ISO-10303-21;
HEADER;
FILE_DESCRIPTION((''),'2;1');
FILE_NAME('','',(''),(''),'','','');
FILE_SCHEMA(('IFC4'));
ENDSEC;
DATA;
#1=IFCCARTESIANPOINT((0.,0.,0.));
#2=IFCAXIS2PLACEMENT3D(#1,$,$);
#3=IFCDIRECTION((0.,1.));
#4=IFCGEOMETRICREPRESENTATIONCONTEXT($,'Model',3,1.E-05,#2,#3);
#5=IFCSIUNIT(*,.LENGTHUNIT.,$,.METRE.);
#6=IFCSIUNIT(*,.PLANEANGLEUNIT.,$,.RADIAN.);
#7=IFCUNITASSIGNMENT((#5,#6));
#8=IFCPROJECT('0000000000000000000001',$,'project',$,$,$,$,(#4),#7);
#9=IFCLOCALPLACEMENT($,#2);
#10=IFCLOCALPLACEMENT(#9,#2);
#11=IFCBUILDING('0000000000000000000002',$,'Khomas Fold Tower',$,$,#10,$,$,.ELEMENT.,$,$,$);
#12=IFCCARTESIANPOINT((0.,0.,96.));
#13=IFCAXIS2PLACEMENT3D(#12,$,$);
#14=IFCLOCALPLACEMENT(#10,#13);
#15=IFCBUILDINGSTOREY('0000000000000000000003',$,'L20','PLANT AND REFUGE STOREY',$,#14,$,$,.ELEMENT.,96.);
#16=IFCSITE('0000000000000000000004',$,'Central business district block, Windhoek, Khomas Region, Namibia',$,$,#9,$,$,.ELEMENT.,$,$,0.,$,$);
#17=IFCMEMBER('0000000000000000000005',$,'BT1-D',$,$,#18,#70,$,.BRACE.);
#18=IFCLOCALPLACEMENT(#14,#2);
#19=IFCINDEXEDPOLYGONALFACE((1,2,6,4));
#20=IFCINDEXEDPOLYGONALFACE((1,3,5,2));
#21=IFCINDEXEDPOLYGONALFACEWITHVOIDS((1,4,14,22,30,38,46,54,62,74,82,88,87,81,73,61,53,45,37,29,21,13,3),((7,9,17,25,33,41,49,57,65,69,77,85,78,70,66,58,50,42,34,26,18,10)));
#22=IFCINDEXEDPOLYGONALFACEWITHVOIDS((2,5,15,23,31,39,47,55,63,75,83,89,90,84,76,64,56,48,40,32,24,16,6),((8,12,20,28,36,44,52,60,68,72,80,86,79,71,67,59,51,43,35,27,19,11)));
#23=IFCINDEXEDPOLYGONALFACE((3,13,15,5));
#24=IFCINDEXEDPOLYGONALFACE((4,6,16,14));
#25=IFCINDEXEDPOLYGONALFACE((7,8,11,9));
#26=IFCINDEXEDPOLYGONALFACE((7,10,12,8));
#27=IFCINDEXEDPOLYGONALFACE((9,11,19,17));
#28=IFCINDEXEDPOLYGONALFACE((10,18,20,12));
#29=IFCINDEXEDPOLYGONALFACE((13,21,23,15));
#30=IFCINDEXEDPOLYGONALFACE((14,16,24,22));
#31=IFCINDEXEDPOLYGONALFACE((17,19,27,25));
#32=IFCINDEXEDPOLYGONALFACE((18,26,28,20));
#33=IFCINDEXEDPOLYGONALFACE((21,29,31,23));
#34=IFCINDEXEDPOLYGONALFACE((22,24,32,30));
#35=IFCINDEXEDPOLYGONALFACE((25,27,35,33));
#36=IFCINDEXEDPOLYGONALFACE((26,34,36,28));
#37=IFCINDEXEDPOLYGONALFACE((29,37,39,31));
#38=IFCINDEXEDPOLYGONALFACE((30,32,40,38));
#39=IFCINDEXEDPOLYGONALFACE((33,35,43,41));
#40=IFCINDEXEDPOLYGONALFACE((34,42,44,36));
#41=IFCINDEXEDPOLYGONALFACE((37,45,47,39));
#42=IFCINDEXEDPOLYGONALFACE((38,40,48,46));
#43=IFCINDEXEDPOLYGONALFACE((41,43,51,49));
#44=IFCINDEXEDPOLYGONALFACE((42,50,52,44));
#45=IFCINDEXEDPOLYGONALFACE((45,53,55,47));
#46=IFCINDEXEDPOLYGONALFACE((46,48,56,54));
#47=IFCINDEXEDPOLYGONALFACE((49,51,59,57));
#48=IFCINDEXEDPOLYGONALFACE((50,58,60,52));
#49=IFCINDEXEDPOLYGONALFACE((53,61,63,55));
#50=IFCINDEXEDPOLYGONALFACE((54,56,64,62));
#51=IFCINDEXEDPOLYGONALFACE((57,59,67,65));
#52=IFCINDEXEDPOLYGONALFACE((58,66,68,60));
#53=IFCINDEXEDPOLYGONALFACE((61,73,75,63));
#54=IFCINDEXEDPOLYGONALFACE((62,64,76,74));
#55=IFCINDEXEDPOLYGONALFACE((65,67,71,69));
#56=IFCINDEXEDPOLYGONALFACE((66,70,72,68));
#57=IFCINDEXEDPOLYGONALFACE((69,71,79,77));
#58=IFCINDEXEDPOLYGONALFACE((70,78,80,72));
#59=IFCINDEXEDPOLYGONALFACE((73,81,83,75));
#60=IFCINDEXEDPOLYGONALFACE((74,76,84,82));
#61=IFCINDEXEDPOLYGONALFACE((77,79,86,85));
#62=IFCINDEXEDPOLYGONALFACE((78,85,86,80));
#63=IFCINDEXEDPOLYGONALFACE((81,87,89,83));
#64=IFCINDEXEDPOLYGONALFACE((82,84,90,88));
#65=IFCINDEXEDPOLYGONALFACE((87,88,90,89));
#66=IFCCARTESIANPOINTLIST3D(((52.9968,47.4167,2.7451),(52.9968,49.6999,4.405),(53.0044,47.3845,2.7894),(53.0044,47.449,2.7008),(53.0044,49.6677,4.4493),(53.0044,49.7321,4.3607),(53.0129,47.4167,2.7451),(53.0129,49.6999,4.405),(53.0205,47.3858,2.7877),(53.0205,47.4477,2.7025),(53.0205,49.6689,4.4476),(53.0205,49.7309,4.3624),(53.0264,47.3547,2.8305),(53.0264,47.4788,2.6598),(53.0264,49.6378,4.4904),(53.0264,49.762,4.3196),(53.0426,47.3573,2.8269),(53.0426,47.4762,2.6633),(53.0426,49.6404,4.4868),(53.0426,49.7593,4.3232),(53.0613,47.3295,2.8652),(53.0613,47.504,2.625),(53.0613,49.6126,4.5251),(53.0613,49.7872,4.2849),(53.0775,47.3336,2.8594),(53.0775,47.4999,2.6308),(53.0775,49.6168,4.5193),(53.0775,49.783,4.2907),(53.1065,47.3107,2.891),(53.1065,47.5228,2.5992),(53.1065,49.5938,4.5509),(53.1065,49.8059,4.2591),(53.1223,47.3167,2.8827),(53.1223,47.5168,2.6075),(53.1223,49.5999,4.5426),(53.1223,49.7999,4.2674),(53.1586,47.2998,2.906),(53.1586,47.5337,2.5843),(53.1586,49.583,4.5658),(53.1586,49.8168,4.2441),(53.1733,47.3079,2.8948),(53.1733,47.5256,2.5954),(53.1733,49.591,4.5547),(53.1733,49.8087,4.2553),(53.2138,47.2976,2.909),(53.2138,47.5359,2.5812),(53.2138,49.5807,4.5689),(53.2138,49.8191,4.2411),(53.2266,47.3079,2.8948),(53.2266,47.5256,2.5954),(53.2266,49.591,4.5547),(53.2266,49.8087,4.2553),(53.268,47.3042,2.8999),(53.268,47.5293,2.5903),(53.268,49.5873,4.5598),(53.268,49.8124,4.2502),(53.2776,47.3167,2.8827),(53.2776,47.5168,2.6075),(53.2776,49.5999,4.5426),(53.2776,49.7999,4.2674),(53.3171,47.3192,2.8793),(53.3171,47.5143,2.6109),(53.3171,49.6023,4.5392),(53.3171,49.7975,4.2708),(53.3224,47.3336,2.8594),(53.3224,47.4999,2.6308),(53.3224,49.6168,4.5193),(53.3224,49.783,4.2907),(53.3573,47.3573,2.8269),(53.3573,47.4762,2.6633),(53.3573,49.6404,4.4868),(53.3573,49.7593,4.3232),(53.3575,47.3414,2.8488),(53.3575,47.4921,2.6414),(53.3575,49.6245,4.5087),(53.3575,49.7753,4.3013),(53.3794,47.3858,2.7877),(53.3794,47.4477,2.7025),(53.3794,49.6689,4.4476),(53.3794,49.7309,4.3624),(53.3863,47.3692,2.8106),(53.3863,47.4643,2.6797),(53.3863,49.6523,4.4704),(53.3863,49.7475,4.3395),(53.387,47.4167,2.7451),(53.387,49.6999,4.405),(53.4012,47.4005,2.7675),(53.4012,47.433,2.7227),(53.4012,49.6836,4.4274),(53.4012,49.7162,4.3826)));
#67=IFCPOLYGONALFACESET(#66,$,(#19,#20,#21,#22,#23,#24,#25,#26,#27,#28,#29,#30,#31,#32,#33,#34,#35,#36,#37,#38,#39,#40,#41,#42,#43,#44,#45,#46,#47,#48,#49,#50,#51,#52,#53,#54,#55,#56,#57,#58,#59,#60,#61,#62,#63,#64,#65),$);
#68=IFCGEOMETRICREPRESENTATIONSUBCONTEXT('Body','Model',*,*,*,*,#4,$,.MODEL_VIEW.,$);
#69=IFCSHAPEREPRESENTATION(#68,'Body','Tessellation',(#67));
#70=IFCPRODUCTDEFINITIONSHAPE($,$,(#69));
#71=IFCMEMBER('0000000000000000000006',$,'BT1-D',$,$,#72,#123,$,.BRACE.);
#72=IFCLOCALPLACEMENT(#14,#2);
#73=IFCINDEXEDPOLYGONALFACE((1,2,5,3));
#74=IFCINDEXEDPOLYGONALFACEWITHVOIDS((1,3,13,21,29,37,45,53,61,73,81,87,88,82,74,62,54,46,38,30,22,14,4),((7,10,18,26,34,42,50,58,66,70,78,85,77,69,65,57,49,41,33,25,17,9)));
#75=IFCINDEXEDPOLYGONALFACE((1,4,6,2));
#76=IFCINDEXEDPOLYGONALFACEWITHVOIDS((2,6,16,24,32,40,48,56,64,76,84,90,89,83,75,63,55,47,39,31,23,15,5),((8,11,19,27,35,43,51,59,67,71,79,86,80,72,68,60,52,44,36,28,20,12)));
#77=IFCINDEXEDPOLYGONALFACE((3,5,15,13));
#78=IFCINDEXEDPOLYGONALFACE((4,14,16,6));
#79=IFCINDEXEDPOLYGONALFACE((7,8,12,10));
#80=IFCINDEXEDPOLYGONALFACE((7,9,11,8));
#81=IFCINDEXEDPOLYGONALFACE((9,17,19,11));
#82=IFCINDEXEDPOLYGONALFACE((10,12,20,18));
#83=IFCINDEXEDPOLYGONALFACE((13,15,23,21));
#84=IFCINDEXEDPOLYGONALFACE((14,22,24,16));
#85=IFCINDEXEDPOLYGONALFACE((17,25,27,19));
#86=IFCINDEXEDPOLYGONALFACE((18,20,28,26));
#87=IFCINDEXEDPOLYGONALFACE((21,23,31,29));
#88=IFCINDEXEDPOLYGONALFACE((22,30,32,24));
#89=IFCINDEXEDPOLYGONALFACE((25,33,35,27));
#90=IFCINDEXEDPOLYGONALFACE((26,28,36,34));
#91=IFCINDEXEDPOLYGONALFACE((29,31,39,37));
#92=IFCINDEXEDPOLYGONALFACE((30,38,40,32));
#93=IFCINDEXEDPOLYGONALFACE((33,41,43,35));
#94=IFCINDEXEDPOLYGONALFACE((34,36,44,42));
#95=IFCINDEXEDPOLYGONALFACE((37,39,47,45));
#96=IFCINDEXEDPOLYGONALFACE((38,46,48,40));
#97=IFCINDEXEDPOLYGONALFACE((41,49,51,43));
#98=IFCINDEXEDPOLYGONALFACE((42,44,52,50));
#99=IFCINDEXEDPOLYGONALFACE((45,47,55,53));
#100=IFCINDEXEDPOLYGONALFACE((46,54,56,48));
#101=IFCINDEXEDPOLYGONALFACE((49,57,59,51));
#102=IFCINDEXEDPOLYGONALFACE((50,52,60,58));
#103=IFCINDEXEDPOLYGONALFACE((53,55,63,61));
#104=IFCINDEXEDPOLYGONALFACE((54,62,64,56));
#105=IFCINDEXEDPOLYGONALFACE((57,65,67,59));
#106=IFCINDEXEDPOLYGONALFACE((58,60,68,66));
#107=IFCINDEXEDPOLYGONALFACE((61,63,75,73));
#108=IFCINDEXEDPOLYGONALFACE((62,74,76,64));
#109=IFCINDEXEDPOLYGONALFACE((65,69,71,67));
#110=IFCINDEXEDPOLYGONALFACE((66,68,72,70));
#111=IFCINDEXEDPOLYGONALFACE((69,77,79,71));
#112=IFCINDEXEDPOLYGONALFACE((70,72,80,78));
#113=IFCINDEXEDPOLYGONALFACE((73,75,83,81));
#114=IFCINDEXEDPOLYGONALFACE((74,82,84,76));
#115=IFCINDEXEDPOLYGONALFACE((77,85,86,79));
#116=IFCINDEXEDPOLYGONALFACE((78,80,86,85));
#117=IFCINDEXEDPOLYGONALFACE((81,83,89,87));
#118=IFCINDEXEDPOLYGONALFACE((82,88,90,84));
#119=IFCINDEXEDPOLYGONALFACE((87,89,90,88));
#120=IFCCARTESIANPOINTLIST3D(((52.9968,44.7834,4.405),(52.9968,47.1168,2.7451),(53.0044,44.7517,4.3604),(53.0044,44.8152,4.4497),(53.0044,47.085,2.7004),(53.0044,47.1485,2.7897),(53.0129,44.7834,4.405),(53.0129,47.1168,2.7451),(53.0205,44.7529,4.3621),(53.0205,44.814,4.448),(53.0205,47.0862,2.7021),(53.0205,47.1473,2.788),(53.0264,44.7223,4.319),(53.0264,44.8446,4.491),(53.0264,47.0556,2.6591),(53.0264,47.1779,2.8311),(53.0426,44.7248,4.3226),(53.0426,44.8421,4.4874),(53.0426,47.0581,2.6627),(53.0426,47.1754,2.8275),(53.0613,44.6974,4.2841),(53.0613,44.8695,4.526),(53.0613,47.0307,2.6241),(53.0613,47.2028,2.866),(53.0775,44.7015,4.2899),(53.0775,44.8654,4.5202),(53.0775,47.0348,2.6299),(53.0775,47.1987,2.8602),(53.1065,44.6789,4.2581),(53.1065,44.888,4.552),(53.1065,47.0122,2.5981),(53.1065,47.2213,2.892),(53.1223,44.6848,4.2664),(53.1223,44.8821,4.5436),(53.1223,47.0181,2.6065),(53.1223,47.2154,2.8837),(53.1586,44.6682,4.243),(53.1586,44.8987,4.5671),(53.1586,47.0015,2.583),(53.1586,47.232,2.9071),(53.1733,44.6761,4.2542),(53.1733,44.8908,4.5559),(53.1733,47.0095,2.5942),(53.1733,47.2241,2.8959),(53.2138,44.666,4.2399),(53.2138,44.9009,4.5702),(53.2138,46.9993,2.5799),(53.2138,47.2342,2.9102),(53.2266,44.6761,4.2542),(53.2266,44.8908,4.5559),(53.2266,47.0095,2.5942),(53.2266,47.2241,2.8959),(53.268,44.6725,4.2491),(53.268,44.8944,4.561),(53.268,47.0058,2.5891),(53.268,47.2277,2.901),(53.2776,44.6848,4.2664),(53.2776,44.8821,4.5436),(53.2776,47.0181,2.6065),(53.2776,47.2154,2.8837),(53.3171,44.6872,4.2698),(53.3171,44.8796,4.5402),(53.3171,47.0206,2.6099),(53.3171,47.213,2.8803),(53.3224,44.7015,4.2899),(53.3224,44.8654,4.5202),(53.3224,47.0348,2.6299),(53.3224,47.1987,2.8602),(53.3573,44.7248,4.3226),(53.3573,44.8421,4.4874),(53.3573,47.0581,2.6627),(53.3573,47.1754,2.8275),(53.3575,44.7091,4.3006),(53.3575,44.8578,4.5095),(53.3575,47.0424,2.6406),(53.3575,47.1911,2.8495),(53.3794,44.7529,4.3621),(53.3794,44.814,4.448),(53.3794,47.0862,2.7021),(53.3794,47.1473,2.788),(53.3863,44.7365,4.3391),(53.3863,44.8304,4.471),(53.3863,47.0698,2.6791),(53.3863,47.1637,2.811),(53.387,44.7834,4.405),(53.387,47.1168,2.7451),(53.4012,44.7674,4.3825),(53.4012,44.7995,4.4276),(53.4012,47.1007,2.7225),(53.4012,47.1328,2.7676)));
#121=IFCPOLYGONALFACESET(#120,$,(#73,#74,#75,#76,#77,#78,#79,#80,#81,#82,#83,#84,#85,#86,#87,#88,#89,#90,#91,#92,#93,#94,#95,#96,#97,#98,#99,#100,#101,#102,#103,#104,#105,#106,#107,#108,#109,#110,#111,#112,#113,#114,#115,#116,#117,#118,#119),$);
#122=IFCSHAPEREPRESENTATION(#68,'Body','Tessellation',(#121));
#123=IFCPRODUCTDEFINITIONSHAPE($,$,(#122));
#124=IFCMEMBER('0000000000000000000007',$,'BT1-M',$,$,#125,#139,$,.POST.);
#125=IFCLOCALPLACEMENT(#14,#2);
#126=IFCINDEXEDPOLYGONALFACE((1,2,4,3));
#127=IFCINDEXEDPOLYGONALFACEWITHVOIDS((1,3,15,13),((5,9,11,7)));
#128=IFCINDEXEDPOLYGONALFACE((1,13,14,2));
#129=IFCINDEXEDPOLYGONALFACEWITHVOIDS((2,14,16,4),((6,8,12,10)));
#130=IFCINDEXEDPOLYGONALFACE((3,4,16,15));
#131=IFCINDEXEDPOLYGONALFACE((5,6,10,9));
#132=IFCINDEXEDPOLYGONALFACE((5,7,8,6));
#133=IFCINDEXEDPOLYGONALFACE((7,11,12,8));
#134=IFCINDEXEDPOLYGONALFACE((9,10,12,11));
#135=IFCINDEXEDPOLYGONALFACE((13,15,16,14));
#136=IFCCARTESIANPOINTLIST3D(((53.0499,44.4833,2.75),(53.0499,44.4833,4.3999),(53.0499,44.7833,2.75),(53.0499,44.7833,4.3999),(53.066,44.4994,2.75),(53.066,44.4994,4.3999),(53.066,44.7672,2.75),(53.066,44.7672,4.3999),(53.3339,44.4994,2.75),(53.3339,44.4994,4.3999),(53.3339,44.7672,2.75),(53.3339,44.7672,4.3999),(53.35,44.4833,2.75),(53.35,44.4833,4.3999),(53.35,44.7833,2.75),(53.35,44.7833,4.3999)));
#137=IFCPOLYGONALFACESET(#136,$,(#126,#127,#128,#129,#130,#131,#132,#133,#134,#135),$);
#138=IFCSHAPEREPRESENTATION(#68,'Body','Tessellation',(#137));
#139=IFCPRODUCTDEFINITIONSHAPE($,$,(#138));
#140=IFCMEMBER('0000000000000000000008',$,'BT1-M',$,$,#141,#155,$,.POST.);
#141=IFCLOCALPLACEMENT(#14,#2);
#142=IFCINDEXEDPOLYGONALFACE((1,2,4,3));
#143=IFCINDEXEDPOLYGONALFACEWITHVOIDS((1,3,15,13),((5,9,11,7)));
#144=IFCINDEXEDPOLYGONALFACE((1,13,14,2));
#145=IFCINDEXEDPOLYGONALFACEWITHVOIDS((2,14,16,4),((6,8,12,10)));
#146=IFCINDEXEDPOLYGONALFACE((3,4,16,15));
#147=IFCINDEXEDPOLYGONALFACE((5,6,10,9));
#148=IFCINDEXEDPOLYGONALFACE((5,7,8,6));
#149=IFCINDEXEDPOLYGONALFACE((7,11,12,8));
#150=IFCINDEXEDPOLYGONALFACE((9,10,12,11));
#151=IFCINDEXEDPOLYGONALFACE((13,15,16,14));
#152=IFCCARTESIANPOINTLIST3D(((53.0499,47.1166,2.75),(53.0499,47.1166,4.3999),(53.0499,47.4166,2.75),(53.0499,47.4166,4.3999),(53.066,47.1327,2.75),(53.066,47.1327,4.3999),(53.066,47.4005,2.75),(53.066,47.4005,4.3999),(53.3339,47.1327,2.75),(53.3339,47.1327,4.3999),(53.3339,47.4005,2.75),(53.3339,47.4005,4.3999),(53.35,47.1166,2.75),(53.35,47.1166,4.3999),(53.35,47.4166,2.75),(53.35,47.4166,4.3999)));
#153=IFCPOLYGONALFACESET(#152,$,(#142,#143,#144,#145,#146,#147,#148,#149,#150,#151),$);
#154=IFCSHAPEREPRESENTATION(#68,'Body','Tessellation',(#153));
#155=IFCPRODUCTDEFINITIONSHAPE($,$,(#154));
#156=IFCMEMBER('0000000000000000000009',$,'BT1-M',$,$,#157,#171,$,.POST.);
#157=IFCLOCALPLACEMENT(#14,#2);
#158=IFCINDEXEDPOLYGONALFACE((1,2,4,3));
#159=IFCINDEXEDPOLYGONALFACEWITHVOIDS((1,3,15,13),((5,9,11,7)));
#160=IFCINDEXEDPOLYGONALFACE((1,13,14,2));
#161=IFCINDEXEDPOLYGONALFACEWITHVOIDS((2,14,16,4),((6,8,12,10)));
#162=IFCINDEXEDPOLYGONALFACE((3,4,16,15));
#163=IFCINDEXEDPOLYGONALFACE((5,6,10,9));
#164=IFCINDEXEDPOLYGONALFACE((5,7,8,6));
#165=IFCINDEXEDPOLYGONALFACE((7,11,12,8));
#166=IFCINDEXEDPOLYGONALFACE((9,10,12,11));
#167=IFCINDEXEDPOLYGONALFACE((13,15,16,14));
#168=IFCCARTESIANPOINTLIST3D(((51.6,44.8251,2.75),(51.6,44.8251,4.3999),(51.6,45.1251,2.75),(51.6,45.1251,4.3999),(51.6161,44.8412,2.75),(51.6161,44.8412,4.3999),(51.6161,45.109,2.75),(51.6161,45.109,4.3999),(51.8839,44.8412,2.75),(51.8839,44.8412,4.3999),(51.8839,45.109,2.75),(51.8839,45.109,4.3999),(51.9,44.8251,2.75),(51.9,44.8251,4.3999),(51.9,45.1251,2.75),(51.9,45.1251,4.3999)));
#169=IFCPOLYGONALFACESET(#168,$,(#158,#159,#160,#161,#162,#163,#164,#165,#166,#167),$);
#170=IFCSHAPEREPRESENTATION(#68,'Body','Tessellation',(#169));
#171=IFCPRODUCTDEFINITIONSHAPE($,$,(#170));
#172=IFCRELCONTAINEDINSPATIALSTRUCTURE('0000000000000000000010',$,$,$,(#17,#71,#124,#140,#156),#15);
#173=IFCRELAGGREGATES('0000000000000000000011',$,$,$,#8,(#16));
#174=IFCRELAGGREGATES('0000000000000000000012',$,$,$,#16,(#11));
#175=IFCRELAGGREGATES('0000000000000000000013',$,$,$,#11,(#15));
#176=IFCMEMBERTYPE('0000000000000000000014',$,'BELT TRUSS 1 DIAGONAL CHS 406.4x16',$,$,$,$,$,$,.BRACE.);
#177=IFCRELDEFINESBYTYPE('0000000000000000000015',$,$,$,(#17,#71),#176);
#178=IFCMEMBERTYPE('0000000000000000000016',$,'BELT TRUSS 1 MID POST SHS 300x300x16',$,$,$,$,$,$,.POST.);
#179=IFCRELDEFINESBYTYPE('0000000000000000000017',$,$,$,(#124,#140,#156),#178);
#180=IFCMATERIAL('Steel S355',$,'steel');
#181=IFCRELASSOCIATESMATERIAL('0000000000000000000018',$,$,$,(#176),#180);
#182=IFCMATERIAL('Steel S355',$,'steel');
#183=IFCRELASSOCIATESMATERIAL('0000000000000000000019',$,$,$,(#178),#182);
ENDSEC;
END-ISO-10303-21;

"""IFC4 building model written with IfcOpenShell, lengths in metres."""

from ifc_helpers import new_model, si_unit, direction, frame, origin, origin_2d, place, context, subcontext, project, spatial, hollow_rectangle, hollow_circle, extrude, source, transform, mapped, material, material_profile, profile_set, type_object, element, save


model = new_model("IFC4")

# Units and contexts
model_context = context("Model", 3, precision=1e-05, world=origin(), true_north=direction((0.0, 1.0)))
body_context = subcontext(model_context, "Body", "Model", "MODEL_VIEW")
ifc_project = project(units=[si_unit("LENGTHUNIT", "METRE"), si_unit("PLANEANGLEUNIT", "RADIAN")], contexts=[model_context])

# Site, building, storey
site_placement = place(None, origin())
site = spatial("IfcSite", under=ifc_project, at=site_placement, Name="Central business district block, Windhoek, Khomas Region, Namibia", CompositionType="ELEMENT", RefElevation=0.0)
building_placement = place(site_placement, origin())
building = spatial("IfcBuilding", under=site, at=building_placement, Name="Khomas Fold Tower", CompositionType="ELEMENT")
storey_placement = place(building_placement, frame((0.0, 0.0, 96.0)))
storey = spatial("IfcBuildingStorey", under=building, at=storey_placement, Name="L20", Description="PLANT AND REFUGE STOREY", CompositionType="ELEMENT", Elevation=96.0)

# Members
ifc_material_1 = material(Name="Steel S355", Category="steel")
ifc_material_profile_1 = material_profile(ifc_material_1, hollow_circle(Radius=0.2031, WallThickness=0.0161, at=origin_2d()), Name="CHS 406.4x16")
ifc_profile_set_1 = profile_set([ifc_material_profile_1], Name="Steel S355")
member_type_1 = type_object("IfcMemberType", Name="BELT TRUSS 1 DIAGONAL CHS 406.4x16", PredefinedType="BRACE", material=ifc_profile_set_1)
shared_shape_1 = source(origin(), body_context, "Body", "SweptSolid", [
    extrude(hollow_circle(Radius=0.2031, WallThickness=0.0161, at=origin_2d()), origin(), (0.0, 0.0, 1.0), 2.8228),
])
member_1_placement = place(storey_placement, frame((53.2, 47.4167, 2.7451), z_axis=(0.0, 0.808837, 0.588033), x_axis=(-1.0, 0.0, 0.0)))
element("IfcMember", 1, at=member_1_placement, inside=storey, type_object=member_type_1, Name="BT1-D", PredefinedType="BRACE", context=body_context, shape_type="MappedRepresentation", body=[
    mapped(shared_shape_1, transform((0.0, 0.0, 0.0))),
])
shared_shape_2 = source(origin(), body_context, "Body", "SweptSolid", [
    extrude(hollow_circle(Radius=0.2031, WallThickness=0.0161, at=origin_2d()), origin(), (0.0, 0.0, 1.0), 2.8635),
])
member_2_placement = place(storey_placement, frame((53.2, 44.7834, 4.405), z_axis=(0.0, 0.814838, -0.579689), x_axis=(-1.0, 0.0, 0.0)))
element("IfcMember", 2, at=member_2_placement, inside=storey, type_object=member_type_1, Name="BT1-D", PredefinedType="BRACE", context=body_context, shape_type="MappedRepresentation", body=[
    mapped(shared_shape_2, transform((0.0, 0.0, 0.0))),
])
ifc_material_2 = material(Name="Steel S355", Category="steel")
ifc_material_profile_2 = material_profile(ifc_material_2, hollow_rectangle(XDim=0.3, YDim=0.3, WallThickness=0.0161, at=origin_2d()), Name="SHS 300x300x16")
ifc_profile_set_2 = profile_set([ifc_material_profile_2], Name="Steel S355")
member_type_2 = type_object("IfcMemberType", Name="BELT TRUSS 1 MID POST SHS 300x300x16", PredefinedType="POST", material=ifc_profile_set_2)
shared_shape_3 = source(origin(), body_context, "Body", "SweptSolid", [
    extrude(hollow_rectangle(XDim=0.3, YDim=0.3, WallThickness=0.0161, at=origin_2d()), origin(), (0.0, 0.0, 1.0), 1.6499),
])
for number, where, z_axis, x_axis, name in (
    (3, (53.2, 44.6333, 2.75), (0.0, 0.0, 1.0), (1.0, 0.0, 0.0), "BT1-M"),
    (4, (53.2, 47.2666, 2.75), (0.0, 0.0, 1.0), (1.0, 0.0, 0.0), "BT1-M"),
    (5, (51.75, 44.9751, 2.75), (0.0, 0.0, 1.0), (1.0, 0.0, 0.0), "BT1-M"),
):
    element("IfcMember", number, at=place(storey_placement, frame(where, z_axis=z_axis, x_axis=x_axis)), inside=storey, type_object=member_type_2, Name=name, PredefinedType="POST", context=body_context, shape_type="MappedRepresentation", body=[
        mapped(shared_shape_3, transform((0.0, 0.0, 0.0))),
    ])

save(model, "model.ifc")
